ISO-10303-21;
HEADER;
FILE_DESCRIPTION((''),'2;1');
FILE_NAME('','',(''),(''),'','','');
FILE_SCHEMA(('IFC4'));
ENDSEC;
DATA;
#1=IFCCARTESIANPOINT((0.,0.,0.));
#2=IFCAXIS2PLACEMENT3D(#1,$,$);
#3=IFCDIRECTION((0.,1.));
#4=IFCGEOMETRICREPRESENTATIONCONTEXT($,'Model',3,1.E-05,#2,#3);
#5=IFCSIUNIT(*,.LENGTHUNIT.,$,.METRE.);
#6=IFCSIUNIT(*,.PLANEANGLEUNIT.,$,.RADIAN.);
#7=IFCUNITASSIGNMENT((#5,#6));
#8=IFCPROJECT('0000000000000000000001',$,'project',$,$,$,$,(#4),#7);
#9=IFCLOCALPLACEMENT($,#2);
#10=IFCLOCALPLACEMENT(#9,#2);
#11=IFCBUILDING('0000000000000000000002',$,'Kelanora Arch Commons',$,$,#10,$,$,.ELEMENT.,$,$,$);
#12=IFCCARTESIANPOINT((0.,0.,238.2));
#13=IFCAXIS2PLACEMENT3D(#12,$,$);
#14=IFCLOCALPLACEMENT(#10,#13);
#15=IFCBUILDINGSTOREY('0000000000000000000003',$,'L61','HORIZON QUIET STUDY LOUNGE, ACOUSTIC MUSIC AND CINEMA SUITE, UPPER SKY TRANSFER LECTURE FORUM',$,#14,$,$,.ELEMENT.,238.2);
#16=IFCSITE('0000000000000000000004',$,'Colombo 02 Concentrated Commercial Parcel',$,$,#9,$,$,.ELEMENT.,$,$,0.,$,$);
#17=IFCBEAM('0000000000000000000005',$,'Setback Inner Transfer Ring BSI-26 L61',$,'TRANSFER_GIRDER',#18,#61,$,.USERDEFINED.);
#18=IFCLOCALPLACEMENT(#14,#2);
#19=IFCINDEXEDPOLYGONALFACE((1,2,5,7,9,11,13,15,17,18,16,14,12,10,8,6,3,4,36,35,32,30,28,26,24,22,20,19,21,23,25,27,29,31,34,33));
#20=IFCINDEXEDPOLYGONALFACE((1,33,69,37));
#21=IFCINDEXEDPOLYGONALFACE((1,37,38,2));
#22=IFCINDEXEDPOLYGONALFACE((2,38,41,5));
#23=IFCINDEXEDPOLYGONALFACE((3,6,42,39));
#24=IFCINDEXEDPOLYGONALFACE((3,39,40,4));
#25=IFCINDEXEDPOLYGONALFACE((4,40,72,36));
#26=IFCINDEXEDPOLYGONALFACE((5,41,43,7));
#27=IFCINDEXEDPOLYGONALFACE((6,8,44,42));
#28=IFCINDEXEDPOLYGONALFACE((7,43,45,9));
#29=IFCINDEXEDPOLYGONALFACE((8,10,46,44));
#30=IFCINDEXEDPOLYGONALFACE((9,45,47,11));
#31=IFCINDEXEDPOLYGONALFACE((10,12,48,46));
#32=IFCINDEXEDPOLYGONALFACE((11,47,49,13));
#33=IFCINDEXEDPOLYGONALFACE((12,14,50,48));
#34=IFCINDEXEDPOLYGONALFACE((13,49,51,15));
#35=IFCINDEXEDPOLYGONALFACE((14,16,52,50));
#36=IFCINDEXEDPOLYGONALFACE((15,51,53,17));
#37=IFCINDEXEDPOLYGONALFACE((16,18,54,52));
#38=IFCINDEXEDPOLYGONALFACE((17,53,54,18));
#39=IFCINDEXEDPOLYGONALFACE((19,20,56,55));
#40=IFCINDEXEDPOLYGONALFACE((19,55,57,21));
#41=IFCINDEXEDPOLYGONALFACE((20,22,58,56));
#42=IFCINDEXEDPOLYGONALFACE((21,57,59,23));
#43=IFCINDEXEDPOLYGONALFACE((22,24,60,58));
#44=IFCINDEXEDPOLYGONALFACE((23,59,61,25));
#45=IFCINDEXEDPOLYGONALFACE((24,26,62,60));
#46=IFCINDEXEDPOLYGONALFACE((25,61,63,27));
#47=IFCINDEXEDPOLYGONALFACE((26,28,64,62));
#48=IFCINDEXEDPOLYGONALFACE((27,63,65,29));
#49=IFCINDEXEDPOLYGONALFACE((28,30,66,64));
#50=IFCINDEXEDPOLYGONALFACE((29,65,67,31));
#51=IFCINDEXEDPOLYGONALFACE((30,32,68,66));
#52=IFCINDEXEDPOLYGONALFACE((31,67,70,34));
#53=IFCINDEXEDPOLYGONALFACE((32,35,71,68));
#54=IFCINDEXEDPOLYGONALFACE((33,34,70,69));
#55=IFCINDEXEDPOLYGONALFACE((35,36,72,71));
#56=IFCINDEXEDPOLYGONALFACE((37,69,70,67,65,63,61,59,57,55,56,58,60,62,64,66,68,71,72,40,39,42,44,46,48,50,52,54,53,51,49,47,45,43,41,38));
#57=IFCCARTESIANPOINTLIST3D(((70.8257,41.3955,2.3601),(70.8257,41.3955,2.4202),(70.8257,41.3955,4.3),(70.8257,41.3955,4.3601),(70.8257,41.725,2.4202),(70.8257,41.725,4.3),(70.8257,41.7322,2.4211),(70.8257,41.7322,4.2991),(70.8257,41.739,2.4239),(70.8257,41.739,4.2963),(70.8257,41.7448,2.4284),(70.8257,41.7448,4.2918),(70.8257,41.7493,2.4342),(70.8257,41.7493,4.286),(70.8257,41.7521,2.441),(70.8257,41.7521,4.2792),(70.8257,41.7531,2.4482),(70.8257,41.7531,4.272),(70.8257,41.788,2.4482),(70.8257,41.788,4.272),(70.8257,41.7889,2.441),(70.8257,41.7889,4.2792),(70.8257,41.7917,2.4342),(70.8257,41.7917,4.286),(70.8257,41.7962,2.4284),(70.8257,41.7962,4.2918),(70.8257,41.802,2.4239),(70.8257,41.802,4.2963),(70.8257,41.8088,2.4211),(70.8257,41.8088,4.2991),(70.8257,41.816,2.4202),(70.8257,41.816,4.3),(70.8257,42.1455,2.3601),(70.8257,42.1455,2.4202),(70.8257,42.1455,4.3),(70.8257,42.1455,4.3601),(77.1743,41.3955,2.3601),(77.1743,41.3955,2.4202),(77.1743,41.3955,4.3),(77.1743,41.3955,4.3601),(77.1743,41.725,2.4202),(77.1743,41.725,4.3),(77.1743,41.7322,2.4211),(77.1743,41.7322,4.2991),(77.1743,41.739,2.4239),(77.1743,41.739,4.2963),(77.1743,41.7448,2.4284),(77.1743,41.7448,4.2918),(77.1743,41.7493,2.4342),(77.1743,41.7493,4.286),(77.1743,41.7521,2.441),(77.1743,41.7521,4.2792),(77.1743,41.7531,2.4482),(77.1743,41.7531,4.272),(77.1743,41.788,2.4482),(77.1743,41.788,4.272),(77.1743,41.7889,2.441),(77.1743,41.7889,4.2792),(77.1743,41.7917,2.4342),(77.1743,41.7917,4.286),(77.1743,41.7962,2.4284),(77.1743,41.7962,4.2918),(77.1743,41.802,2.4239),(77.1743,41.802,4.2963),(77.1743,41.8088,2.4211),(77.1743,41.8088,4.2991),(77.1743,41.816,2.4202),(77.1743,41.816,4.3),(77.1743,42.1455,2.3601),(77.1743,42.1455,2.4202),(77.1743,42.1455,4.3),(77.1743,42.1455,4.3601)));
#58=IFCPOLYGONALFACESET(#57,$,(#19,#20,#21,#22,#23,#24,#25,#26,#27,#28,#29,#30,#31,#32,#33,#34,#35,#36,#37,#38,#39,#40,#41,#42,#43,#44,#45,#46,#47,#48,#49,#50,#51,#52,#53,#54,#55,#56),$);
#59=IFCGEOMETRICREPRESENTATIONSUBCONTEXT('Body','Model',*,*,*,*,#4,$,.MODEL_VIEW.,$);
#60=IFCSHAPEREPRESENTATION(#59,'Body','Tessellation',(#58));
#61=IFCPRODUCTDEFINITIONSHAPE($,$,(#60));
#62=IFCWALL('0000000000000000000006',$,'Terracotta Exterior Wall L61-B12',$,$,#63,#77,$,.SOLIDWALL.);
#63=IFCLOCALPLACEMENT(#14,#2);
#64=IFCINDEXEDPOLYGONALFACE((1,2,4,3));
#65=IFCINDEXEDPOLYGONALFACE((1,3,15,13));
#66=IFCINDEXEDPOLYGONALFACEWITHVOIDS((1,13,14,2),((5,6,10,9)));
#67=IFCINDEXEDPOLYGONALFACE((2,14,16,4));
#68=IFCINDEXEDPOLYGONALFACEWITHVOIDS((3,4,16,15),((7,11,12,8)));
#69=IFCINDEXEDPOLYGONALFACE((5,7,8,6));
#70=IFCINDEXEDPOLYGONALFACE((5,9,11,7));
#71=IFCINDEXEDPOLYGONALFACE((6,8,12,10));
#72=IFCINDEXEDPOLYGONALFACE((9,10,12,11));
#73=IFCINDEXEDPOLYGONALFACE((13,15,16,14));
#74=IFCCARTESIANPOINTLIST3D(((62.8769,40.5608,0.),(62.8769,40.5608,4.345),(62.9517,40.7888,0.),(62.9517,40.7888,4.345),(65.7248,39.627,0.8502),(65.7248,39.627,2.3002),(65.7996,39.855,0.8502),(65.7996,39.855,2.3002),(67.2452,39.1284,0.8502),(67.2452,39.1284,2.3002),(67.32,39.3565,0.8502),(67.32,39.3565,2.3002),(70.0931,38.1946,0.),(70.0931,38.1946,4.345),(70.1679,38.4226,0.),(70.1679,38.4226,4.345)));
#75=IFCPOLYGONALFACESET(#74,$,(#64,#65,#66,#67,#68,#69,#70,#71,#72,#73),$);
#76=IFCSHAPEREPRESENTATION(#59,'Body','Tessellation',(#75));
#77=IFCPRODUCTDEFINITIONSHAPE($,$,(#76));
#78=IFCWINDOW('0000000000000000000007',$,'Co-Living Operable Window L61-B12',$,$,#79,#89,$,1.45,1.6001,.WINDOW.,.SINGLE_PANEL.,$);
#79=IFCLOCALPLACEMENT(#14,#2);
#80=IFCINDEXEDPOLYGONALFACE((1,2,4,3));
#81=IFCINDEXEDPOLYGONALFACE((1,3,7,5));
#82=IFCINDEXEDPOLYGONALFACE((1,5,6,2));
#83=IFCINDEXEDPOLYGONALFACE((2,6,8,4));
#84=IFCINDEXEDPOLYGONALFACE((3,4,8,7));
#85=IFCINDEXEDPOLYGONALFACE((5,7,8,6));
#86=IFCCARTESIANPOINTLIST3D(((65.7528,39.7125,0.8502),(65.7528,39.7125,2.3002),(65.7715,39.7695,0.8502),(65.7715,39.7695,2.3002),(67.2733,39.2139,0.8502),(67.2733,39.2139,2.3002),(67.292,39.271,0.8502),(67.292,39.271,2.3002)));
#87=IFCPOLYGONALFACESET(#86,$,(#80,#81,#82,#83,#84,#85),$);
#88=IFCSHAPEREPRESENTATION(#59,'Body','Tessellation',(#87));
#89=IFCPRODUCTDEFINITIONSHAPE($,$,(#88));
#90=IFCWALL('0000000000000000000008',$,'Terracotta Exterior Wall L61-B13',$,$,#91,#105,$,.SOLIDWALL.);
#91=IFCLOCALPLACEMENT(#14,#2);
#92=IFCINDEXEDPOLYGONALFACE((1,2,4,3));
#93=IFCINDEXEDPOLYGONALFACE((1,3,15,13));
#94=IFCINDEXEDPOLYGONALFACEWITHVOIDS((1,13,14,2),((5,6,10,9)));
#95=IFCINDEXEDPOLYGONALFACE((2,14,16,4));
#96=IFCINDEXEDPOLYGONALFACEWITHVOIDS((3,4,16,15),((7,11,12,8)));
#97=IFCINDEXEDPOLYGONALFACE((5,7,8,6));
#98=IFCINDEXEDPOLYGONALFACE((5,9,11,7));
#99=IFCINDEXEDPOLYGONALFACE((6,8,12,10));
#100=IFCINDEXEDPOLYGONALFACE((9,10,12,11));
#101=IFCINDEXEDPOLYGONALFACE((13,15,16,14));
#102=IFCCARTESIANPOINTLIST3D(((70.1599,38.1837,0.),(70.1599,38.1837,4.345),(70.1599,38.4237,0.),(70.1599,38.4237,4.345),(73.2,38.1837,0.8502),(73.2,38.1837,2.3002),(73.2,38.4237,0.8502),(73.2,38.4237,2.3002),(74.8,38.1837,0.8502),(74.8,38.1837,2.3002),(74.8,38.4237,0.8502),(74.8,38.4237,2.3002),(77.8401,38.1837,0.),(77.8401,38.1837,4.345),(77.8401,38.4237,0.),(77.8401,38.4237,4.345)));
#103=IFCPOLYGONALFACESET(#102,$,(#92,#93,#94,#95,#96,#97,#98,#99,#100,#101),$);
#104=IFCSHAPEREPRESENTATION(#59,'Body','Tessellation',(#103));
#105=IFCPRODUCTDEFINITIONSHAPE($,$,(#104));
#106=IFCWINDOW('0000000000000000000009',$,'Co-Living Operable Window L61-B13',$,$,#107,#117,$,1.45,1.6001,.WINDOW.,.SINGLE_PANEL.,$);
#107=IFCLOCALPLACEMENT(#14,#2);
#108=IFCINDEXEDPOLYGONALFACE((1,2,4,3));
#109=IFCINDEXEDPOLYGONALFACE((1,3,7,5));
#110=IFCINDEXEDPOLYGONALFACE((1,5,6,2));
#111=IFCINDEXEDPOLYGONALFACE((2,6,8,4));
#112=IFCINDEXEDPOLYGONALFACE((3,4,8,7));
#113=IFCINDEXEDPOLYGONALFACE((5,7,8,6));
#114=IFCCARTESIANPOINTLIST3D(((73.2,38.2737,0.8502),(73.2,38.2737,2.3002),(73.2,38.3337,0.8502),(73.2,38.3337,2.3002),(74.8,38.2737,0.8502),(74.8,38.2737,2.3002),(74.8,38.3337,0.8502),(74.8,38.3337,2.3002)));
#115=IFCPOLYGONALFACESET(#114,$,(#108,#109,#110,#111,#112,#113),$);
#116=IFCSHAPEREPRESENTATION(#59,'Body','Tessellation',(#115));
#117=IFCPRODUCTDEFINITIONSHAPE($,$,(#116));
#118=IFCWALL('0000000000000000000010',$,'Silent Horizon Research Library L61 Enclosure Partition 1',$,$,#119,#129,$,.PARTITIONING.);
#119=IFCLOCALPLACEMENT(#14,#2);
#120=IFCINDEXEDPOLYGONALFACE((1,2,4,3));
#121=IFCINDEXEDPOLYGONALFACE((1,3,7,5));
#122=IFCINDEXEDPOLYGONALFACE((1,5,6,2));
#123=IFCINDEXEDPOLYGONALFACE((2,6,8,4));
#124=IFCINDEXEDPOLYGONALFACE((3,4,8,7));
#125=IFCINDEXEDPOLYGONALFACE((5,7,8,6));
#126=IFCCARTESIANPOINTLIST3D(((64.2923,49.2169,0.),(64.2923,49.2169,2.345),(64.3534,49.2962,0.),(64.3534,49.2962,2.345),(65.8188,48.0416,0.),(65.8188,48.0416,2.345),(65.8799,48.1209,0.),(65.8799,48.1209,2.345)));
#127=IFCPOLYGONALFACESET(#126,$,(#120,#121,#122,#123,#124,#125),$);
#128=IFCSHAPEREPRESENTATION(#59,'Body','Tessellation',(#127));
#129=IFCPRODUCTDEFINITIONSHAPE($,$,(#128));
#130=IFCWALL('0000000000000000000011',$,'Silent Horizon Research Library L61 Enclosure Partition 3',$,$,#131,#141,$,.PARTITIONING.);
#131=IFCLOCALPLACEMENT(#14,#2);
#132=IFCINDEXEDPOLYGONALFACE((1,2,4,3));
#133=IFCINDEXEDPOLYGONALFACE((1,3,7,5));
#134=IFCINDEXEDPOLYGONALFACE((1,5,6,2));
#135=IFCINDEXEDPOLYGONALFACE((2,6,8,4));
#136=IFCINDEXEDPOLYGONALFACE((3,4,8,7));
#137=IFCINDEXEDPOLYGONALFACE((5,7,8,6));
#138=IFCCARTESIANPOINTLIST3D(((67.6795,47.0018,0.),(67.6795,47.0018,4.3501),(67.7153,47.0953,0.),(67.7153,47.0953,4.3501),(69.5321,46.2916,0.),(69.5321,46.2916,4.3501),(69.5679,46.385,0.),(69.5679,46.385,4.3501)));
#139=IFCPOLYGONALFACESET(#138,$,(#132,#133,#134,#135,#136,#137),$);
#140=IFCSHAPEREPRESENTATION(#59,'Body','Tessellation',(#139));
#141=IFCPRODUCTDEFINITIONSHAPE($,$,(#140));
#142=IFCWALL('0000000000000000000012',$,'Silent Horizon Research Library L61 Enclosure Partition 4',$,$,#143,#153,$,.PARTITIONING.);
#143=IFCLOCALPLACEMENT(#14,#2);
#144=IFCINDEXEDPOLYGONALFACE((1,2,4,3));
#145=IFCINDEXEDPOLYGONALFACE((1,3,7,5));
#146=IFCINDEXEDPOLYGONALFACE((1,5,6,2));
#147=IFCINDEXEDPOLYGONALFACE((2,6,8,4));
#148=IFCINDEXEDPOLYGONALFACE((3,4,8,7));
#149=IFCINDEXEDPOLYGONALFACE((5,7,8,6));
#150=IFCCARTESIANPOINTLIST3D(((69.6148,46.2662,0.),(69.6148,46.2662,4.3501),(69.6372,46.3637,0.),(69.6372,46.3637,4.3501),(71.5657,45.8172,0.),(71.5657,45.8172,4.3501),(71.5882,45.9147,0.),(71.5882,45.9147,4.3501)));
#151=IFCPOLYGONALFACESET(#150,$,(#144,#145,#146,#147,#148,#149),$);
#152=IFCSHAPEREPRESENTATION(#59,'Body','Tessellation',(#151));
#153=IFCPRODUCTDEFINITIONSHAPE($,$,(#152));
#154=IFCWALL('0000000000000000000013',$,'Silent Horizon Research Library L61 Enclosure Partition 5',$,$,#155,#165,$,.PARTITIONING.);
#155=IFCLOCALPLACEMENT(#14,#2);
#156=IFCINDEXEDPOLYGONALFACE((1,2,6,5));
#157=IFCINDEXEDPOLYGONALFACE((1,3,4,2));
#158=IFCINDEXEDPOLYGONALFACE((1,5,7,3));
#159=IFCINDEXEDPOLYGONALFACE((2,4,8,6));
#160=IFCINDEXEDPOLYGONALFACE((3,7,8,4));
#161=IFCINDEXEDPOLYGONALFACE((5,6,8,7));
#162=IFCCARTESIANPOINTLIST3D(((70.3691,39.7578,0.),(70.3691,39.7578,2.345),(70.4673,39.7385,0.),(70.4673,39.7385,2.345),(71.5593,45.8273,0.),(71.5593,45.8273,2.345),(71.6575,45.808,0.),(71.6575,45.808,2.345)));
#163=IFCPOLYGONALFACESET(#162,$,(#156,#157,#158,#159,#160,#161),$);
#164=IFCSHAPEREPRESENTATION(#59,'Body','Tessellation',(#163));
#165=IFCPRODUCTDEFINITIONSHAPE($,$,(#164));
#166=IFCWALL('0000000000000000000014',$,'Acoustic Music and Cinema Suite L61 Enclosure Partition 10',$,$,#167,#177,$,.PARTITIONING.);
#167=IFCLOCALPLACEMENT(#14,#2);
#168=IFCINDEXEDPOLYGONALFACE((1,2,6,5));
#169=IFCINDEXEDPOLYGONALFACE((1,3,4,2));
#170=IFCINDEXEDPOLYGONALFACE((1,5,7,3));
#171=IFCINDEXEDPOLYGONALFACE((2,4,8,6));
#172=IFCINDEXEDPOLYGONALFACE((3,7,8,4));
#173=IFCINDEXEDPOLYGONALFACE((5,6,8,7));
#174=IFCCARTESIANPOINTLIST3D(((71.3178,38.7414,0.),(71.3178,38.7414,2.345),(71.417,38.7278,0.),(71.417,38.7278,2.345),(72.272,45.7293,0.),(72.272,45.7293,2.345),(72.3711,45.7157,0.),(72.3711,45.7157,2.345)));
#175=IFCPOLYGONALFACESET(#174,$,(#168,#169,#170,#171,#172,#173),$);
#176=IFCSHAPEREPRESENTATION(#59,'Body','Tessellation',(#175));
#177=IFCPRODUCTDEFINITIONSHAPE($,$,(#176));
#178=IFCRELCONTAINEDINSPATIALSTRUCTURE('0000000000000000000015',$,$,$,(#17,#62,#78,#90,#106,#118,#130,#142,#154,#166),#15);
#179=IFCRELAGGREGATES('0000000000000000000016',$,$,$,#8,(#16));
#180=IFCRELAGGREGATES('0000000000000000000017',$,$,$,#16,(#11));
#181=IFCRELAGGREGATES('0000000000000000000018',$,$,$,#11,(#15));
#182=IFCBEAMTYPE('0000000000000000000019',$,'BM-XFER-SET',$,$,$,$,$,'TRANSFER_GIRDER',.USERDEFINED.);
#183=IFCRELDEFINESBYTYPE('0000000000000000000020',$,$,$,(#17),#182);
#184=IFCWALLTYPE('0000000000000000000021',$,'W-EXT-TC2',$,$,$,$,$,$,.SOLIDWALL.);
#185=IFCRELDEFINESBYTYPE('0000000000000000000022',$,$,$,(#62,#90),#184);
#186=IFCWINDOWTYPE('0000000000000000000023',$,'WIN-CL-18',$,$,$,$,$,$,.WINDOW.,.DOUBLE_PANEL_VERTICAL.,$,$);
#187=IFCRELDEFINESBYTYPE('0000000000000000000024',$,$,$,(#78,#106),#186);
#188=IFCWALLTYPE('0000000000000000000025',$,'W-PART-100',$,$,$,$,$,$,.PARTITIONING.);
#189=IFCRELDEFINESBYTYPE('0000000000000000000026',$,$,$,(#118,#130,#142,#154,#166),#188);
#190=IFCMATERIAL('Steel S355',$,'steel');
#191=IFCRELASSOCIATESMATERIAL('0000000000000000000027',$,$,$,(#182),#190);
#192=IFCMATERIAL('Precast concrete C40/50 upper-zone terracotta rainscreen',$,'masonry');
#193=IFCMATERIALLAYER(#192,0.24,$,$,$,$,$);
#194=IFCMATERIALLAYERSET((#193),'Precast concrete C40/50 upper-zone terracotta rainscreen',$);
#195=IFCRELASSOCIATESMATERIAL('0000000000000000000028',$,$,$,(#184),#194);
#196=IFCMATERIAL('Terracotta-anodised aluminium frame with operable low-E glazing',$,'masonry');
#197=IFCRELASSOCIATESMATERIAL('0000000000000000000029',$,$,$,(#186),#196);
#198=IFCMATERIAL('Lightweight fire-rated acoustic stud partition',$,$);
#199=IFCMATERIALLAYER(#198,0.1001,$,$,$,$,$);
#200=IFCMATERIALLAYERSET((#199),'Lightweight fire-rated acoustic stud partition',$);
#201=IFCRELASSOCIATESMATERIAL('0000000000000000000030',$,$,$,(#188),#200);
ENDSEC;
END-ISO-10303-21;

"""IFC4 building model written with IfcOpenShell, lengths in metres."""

from ifc_helpers import new_model, si_unit, direction, frame, frame_2d, origin, origin_2d, place, context, subcontext, project, spatial, rectangle, i_section, extrude, material, layer, layer_set, material_profile, profile_set, type_object, element, fill, save


model = new_model("IFC4")

# Units and contexts
model_context = context("Model", 3, precision=1e-05, world=origin(), true_north=direction((0.0, 1.0)))
body_context = subcontext(model_context, "Body", "Model", "MODEL_VIEW")
ifc_project = project(units=[si_unit("LENGTHUNIT", "METRE"), si_unit("PLANEANGLEUNIT", "RADIAN")], contexts=[model_context])

# Site, building, storey
site_placement = place(None, origin())
site = spatial("IfcSite", under=ifc_project, at=site_placement, Name="Colombo 02 Concentrated Commercial Parcel", CompositionType="ELEMENT", RefElevation=0.0)
building_placement = place(site_placement, origin())
building = spatial("IfcBuilding", under=site, at=building_placement, Name="Kelanora Arch Commons", CompositionType="ELEMENT")
storey_placement = place(building_placement, frame((0.0, 0.0, 238.2)))
storey = spatial("IfcBuildingStorey", under=building, at=storey_placement, Name="L61", Description="HORIZON QUIET STUDY LOUNGE, ACOUSTIC MUSIC AND CINEMA SUITE, UPPER SKY TRANSFER LECTURE FORUM", CompositionType="ELEMENT", Elevation=238.2)

# Beam
ifc_material_1 = material(Name="Steel S355", Category="steel")
ifc_material_profile_1 = material_profile(ifc_material_1, i_section(OverallWidth=0.75, OverallDepth=2.0, WebThickness=0.0349, FlangeThickness=0.0601, FilletRadius=0.0281, at=origin_2d()), Name="PG2000x750")
ifc_profile_set_1 = profile_set([ifc_material_profile_1], Name="Steel S355")
beam_type_1 = type_object("IfcBeamType", Name="BM-XFER-SET", ElementType="TRANSFER_GIRDER", PredefinedType="USERDEFINED", material=ifc_profile_set_1)
beam_1_placement = place(storey_placement, frame((70.8257, 41.7705, 3.3601), z_axis=(1.0, 0.0, 0.0), x_axis=(0.0, 1.0, 0.0)))
element("IfcBeam", 1, at=beam_1_placement, inside=storey, type_object=beam_type_1, Name="Setback Inner Transfer Ring BSI-26 L61", ObjectType="TRANSFER_GIRDER", PredefinedType="USERDEFINED", context=body_context, shape_type="SweptSolid", body=[
    extrude(i_section(OverallWidth=0.75, OverallDepth=2.0, WebThickness=0.0349, FlangeThickness=0.0601, FilletRadius=0.0281, at=origin_2d()), origin(), (0.0, 0.0, 1.0), 6.3486),
])

# Walls, openings, windows
ifc_material_2 = material(Name="Precast concrete C40/50 upper-zone terracotta rainscreen", Category="masonry")
ifc_layer_1 = layer(ifc_material_2, 0.24)
ifc_layer_set_1 = layer_set([ifc_layer_1], Name="Precast concrete C40/50 upper-zone terracotta rainscreen")
wall_type_1 = type_object("IfcWallType", Name="W-EXT-TC2", PredefinedType="SOLIDWALL", material=ifc_layer_set_1)
wall_1_placement = place(storey_placement, frame((62.9143, 40.6748, 0.0), z_axis=(0.0, 0.0, 1.0), x_axis=(0.950221, -0.311575, 0.0)))
wall_1 = element("IfcWall", 2, at=wall_1_placement, inside=storey, type_object=wall_type_1, Name="Terracotta Exterior Wall L61-B12", PredefinedType="SOLIDWALL", context=body_context, shape_type="SweptSolid", body=[
    extrude(rectangle(XDim=7.5942, YDim=0.24, at=frame_2d((3.7971, 0.0))), origin(), (0.0, 0.0, 1.0), 4.345),
])
opening_1_placement = place(wall_1_placement, frame((2.9971, 0.0, 0.8501)))
opening_1 = element("IfcOpeningElement", 3, at=opening_1_placement, cuts=wall_1, PredefinedType="OPENING", context=body_context, shape_type="SweptSolid", body=[
    extrude(rectangle(XDim=1.6001, YDim=1.45, at=frame_2d((0.8, 0.7251))), frame((0.0, 0.1299, 0.0), z_axis=(0.0, -1.0, 0.0), x_axis=(1.0, 0.0, 0.0)), (0.0, 0.0, 1.0), 0.26),
])
ifc_material_3 = material(Name="Terracotta-anodised aluminium frame with operable low-E glazing", Category="masonry")
window_type = type_object("IfcWindowType", Name="WIN-CL-18", PartitioningType="DOUBLE_PANEL_VERTICAL", PredefinedType="WINDOW", material=ifc_material_3)
window_1_placement = place(opening_1_placement, origin())
window_1 = element("IfcWindow", 4, at=window_1_placement, inside=storey, type_object=window_type, Name="Co-Living Operable Window L61-B12", OverallHeight=1.45, OverallWidth=1.6001, PartitioningType="SINGLE_PANEL", PredefinedType="WINDOW", context=body_context, shape_type="SweptSolid", body=[
    extrude(rectangle(XDim=1.6001, YDim=1.45, at=frame_2d((0.8, 0.7251))), frame((0.0, 0.03, 0.0), z_axis=(0.0, -1.0, 0.0), x_axis=(1.0, 0.0, 0.0)), (0.0, 0.0, 1.0), 0.0601),
])
fill(opening_1, window_1)
wall_2_placement = place(storey_placement, frame((70.1599, 38.3037, 0.0), z_axis=(0.0, 0.0, 1.0), x_axis=(1.0, 0.0, 0.0)))
wall_2 = element("IfcWall", 5, at=wall_2_placement, inside=storey, type_object=wall_type_1, Name="Terracotta Exterior Wall L61-B13", PredefinedType="SOLIDWALL", context=body_context, shape_type="SweptSolid", body=[
    extrude(rectangle(XDim=7.6802, YDim=0.24, at=frame_2d((3.8401, 0.0))), origin(), (0.0, 0.0, 1.0), 4.345),
])
opening_2_placement = place(wall_2_placement, frame((3.04, 0.0, 0.8501)))
opening_2 = element("IfcOpeningElement", 6, at=opening_2_placement, cuts=wall_2, PredefinedType="OPENING", context=body_context, shape_type="SweptSolid", body=[
    extrude(rectangle(XDim=1.6001, YDim=1.45, at=frame_2d((0.8, 0.7251))), frame((0.0, 0.1299, 0.0), z_axis=(0.0, -1.0, 0.0), x_axis=(1.0, 0.0, 0.0)), (0.0, 0.0, 1.0), 0.26),
])
window_2_placement = place(opening_2_placement, origin())
window_2 = element("IfcWindow", 7, at=window_2_placement, inside=storey, type_object=window_type, Name="Co-Living Operable Window L61-B13", OverallHeight=1.45, OverallWidth=1.6001, PartitioningType="SINGLE_PANEL", PredefinedType="WINDOW", context=body_context, shape_type="SweptSolid", body=[
    extrude(rectangle(XDim=1.6001, YDim=1.45, at=frame_2d((0.8, 0.7251))), frame((0.0, 0.03, 0.0), z_axis=(0.0, -1.0, 0.0), x_axis=(1.0, 0.0, 0.0)), (0.0, 0.0, 1.0), 0.0601),
])
fill(opening_2, window_2)

# Walls
ifc_material_4 = material(Name="Lightweight fire-rated acoustic stud partition")
ifc_layer_2 = layer(ifc_material_4, 0.1001)
ifc_layer_set_2 = layer_set([ifc_layer_2], Name="Lightweight fire-rated acoustic stud partition")
wall_type_2 = type_object("IfcWallType", Name="W-PART-100", PredefinedType="PARTITIONING", material=ifc_layer_set_2)
wall_3_placement = place(storey_placement, frame((64.3228, 49.2566, 0.0), z_axis=(0.0, 0.0, 1.0), x_axis=(0.792379, -0.610029, 0.0)))
element("IfcWall", 8, at=wall_3_placement, inside=storey, type_object=wall_type_2, Name="Silent Horizon Research Library L61 Enclosure Partition 1", PredefinedType="PARTITIONING", context=body_context, shape_type="SweptSolid", body=[
    extrude(rectangle(XDim=1.9265, YDim=0.1001, at=frame_2d((0.9634, 0.0))), origin(), (0.0, 0.0, 1.0), 2.345),
])
wall_4_placement = place(storey_placement, frame((67.6973, 47.0486, 0.0), z_axis=(0.0, 0.0, 1.0), x_axis=(0.933735, -0.357965, 0.0)))
element("IfcWall", 9, at=wall_4_placement, inside=storey, type_object=wall_type_2, Name="Silent Horizon Research Library L61 Enclosure Partition 3", PredefinedType="PARTITIONING", context=body_context, shape_type="SweptSolid", body=[
    extrude(rectangle(XDim=1.9841, YDim=0.1001, at=frame_2d((0.9922, 0.0))), origin(), (0.0, 0.0, 1.0), 4.3501),
])
wall_5_placement = place(storey_placement, frame((69.626, 46.3149, 0.0), z_axis=(0.0, 0.0, 1.0), x_axis=(0.974527, -0.224272, 0.0)))
element("IfcWall", 10, at=wall_5_placement, inside=storey, type_object=wall_type_2, Name="Silent Horizon Research Library L61 Enclosure Partition 4", PredefinedType="PARTITIONING", context=body_context, shape_type="SweptSolid", body=[
    extrude(rectangle(XDim=2.002, YDim=0.1001, at=frame_2d((1.001, 0.0))), origin(), (0.0, 0.0, 1.0), 4.3501),
])
wall_6_placement = place(storey_placement, frame((71.6084, 45.8176, 0.0), z_axis=(0.0, 0.0, 1.0), x_axis=(-0.192426, -0.981312, 0.0)))
element("IfcWall", 11, at=wall_6_placement, inside=storey, type_object=wall_type_2, Name="Silent Horizon Research Library L61 Enclosure Partition 5", PredefinedType="PARTITIONING", context=body_context, shape_type="SweptSolid", body=[
    extrude(rectangle(XDim=6.1851, YDim=0.1001, at=frame_2d((3.0925, 0.0))), origin(), (0.0, 0.0, 1.0), 2.345),
])
wall_7_placement = place(storey_placement, frame((71.3674, 38.7346, 0.0), z_axis=(0.0, 0.0, 1.0), x_axis=(0.135283, 0.990807, 0.0)))
element("IfcWall", 12, at=wall_7_placement, inside=storey, type_object=wall_type_2, Name="Acoustic Music and Cinema Suite L61 Enclosure Partition 10", PredefinedType="PARTITIONING", context=body_context, shape_type="SweptSolid", body=[
    extrude(rectangle(XDim=7.0527, YDim=0.1001, at=frame_2d((3.5264, 0.0))), origin(), (0.0, 0.0, 1.0), 2.345),
])

save(model, "model.ifc")
